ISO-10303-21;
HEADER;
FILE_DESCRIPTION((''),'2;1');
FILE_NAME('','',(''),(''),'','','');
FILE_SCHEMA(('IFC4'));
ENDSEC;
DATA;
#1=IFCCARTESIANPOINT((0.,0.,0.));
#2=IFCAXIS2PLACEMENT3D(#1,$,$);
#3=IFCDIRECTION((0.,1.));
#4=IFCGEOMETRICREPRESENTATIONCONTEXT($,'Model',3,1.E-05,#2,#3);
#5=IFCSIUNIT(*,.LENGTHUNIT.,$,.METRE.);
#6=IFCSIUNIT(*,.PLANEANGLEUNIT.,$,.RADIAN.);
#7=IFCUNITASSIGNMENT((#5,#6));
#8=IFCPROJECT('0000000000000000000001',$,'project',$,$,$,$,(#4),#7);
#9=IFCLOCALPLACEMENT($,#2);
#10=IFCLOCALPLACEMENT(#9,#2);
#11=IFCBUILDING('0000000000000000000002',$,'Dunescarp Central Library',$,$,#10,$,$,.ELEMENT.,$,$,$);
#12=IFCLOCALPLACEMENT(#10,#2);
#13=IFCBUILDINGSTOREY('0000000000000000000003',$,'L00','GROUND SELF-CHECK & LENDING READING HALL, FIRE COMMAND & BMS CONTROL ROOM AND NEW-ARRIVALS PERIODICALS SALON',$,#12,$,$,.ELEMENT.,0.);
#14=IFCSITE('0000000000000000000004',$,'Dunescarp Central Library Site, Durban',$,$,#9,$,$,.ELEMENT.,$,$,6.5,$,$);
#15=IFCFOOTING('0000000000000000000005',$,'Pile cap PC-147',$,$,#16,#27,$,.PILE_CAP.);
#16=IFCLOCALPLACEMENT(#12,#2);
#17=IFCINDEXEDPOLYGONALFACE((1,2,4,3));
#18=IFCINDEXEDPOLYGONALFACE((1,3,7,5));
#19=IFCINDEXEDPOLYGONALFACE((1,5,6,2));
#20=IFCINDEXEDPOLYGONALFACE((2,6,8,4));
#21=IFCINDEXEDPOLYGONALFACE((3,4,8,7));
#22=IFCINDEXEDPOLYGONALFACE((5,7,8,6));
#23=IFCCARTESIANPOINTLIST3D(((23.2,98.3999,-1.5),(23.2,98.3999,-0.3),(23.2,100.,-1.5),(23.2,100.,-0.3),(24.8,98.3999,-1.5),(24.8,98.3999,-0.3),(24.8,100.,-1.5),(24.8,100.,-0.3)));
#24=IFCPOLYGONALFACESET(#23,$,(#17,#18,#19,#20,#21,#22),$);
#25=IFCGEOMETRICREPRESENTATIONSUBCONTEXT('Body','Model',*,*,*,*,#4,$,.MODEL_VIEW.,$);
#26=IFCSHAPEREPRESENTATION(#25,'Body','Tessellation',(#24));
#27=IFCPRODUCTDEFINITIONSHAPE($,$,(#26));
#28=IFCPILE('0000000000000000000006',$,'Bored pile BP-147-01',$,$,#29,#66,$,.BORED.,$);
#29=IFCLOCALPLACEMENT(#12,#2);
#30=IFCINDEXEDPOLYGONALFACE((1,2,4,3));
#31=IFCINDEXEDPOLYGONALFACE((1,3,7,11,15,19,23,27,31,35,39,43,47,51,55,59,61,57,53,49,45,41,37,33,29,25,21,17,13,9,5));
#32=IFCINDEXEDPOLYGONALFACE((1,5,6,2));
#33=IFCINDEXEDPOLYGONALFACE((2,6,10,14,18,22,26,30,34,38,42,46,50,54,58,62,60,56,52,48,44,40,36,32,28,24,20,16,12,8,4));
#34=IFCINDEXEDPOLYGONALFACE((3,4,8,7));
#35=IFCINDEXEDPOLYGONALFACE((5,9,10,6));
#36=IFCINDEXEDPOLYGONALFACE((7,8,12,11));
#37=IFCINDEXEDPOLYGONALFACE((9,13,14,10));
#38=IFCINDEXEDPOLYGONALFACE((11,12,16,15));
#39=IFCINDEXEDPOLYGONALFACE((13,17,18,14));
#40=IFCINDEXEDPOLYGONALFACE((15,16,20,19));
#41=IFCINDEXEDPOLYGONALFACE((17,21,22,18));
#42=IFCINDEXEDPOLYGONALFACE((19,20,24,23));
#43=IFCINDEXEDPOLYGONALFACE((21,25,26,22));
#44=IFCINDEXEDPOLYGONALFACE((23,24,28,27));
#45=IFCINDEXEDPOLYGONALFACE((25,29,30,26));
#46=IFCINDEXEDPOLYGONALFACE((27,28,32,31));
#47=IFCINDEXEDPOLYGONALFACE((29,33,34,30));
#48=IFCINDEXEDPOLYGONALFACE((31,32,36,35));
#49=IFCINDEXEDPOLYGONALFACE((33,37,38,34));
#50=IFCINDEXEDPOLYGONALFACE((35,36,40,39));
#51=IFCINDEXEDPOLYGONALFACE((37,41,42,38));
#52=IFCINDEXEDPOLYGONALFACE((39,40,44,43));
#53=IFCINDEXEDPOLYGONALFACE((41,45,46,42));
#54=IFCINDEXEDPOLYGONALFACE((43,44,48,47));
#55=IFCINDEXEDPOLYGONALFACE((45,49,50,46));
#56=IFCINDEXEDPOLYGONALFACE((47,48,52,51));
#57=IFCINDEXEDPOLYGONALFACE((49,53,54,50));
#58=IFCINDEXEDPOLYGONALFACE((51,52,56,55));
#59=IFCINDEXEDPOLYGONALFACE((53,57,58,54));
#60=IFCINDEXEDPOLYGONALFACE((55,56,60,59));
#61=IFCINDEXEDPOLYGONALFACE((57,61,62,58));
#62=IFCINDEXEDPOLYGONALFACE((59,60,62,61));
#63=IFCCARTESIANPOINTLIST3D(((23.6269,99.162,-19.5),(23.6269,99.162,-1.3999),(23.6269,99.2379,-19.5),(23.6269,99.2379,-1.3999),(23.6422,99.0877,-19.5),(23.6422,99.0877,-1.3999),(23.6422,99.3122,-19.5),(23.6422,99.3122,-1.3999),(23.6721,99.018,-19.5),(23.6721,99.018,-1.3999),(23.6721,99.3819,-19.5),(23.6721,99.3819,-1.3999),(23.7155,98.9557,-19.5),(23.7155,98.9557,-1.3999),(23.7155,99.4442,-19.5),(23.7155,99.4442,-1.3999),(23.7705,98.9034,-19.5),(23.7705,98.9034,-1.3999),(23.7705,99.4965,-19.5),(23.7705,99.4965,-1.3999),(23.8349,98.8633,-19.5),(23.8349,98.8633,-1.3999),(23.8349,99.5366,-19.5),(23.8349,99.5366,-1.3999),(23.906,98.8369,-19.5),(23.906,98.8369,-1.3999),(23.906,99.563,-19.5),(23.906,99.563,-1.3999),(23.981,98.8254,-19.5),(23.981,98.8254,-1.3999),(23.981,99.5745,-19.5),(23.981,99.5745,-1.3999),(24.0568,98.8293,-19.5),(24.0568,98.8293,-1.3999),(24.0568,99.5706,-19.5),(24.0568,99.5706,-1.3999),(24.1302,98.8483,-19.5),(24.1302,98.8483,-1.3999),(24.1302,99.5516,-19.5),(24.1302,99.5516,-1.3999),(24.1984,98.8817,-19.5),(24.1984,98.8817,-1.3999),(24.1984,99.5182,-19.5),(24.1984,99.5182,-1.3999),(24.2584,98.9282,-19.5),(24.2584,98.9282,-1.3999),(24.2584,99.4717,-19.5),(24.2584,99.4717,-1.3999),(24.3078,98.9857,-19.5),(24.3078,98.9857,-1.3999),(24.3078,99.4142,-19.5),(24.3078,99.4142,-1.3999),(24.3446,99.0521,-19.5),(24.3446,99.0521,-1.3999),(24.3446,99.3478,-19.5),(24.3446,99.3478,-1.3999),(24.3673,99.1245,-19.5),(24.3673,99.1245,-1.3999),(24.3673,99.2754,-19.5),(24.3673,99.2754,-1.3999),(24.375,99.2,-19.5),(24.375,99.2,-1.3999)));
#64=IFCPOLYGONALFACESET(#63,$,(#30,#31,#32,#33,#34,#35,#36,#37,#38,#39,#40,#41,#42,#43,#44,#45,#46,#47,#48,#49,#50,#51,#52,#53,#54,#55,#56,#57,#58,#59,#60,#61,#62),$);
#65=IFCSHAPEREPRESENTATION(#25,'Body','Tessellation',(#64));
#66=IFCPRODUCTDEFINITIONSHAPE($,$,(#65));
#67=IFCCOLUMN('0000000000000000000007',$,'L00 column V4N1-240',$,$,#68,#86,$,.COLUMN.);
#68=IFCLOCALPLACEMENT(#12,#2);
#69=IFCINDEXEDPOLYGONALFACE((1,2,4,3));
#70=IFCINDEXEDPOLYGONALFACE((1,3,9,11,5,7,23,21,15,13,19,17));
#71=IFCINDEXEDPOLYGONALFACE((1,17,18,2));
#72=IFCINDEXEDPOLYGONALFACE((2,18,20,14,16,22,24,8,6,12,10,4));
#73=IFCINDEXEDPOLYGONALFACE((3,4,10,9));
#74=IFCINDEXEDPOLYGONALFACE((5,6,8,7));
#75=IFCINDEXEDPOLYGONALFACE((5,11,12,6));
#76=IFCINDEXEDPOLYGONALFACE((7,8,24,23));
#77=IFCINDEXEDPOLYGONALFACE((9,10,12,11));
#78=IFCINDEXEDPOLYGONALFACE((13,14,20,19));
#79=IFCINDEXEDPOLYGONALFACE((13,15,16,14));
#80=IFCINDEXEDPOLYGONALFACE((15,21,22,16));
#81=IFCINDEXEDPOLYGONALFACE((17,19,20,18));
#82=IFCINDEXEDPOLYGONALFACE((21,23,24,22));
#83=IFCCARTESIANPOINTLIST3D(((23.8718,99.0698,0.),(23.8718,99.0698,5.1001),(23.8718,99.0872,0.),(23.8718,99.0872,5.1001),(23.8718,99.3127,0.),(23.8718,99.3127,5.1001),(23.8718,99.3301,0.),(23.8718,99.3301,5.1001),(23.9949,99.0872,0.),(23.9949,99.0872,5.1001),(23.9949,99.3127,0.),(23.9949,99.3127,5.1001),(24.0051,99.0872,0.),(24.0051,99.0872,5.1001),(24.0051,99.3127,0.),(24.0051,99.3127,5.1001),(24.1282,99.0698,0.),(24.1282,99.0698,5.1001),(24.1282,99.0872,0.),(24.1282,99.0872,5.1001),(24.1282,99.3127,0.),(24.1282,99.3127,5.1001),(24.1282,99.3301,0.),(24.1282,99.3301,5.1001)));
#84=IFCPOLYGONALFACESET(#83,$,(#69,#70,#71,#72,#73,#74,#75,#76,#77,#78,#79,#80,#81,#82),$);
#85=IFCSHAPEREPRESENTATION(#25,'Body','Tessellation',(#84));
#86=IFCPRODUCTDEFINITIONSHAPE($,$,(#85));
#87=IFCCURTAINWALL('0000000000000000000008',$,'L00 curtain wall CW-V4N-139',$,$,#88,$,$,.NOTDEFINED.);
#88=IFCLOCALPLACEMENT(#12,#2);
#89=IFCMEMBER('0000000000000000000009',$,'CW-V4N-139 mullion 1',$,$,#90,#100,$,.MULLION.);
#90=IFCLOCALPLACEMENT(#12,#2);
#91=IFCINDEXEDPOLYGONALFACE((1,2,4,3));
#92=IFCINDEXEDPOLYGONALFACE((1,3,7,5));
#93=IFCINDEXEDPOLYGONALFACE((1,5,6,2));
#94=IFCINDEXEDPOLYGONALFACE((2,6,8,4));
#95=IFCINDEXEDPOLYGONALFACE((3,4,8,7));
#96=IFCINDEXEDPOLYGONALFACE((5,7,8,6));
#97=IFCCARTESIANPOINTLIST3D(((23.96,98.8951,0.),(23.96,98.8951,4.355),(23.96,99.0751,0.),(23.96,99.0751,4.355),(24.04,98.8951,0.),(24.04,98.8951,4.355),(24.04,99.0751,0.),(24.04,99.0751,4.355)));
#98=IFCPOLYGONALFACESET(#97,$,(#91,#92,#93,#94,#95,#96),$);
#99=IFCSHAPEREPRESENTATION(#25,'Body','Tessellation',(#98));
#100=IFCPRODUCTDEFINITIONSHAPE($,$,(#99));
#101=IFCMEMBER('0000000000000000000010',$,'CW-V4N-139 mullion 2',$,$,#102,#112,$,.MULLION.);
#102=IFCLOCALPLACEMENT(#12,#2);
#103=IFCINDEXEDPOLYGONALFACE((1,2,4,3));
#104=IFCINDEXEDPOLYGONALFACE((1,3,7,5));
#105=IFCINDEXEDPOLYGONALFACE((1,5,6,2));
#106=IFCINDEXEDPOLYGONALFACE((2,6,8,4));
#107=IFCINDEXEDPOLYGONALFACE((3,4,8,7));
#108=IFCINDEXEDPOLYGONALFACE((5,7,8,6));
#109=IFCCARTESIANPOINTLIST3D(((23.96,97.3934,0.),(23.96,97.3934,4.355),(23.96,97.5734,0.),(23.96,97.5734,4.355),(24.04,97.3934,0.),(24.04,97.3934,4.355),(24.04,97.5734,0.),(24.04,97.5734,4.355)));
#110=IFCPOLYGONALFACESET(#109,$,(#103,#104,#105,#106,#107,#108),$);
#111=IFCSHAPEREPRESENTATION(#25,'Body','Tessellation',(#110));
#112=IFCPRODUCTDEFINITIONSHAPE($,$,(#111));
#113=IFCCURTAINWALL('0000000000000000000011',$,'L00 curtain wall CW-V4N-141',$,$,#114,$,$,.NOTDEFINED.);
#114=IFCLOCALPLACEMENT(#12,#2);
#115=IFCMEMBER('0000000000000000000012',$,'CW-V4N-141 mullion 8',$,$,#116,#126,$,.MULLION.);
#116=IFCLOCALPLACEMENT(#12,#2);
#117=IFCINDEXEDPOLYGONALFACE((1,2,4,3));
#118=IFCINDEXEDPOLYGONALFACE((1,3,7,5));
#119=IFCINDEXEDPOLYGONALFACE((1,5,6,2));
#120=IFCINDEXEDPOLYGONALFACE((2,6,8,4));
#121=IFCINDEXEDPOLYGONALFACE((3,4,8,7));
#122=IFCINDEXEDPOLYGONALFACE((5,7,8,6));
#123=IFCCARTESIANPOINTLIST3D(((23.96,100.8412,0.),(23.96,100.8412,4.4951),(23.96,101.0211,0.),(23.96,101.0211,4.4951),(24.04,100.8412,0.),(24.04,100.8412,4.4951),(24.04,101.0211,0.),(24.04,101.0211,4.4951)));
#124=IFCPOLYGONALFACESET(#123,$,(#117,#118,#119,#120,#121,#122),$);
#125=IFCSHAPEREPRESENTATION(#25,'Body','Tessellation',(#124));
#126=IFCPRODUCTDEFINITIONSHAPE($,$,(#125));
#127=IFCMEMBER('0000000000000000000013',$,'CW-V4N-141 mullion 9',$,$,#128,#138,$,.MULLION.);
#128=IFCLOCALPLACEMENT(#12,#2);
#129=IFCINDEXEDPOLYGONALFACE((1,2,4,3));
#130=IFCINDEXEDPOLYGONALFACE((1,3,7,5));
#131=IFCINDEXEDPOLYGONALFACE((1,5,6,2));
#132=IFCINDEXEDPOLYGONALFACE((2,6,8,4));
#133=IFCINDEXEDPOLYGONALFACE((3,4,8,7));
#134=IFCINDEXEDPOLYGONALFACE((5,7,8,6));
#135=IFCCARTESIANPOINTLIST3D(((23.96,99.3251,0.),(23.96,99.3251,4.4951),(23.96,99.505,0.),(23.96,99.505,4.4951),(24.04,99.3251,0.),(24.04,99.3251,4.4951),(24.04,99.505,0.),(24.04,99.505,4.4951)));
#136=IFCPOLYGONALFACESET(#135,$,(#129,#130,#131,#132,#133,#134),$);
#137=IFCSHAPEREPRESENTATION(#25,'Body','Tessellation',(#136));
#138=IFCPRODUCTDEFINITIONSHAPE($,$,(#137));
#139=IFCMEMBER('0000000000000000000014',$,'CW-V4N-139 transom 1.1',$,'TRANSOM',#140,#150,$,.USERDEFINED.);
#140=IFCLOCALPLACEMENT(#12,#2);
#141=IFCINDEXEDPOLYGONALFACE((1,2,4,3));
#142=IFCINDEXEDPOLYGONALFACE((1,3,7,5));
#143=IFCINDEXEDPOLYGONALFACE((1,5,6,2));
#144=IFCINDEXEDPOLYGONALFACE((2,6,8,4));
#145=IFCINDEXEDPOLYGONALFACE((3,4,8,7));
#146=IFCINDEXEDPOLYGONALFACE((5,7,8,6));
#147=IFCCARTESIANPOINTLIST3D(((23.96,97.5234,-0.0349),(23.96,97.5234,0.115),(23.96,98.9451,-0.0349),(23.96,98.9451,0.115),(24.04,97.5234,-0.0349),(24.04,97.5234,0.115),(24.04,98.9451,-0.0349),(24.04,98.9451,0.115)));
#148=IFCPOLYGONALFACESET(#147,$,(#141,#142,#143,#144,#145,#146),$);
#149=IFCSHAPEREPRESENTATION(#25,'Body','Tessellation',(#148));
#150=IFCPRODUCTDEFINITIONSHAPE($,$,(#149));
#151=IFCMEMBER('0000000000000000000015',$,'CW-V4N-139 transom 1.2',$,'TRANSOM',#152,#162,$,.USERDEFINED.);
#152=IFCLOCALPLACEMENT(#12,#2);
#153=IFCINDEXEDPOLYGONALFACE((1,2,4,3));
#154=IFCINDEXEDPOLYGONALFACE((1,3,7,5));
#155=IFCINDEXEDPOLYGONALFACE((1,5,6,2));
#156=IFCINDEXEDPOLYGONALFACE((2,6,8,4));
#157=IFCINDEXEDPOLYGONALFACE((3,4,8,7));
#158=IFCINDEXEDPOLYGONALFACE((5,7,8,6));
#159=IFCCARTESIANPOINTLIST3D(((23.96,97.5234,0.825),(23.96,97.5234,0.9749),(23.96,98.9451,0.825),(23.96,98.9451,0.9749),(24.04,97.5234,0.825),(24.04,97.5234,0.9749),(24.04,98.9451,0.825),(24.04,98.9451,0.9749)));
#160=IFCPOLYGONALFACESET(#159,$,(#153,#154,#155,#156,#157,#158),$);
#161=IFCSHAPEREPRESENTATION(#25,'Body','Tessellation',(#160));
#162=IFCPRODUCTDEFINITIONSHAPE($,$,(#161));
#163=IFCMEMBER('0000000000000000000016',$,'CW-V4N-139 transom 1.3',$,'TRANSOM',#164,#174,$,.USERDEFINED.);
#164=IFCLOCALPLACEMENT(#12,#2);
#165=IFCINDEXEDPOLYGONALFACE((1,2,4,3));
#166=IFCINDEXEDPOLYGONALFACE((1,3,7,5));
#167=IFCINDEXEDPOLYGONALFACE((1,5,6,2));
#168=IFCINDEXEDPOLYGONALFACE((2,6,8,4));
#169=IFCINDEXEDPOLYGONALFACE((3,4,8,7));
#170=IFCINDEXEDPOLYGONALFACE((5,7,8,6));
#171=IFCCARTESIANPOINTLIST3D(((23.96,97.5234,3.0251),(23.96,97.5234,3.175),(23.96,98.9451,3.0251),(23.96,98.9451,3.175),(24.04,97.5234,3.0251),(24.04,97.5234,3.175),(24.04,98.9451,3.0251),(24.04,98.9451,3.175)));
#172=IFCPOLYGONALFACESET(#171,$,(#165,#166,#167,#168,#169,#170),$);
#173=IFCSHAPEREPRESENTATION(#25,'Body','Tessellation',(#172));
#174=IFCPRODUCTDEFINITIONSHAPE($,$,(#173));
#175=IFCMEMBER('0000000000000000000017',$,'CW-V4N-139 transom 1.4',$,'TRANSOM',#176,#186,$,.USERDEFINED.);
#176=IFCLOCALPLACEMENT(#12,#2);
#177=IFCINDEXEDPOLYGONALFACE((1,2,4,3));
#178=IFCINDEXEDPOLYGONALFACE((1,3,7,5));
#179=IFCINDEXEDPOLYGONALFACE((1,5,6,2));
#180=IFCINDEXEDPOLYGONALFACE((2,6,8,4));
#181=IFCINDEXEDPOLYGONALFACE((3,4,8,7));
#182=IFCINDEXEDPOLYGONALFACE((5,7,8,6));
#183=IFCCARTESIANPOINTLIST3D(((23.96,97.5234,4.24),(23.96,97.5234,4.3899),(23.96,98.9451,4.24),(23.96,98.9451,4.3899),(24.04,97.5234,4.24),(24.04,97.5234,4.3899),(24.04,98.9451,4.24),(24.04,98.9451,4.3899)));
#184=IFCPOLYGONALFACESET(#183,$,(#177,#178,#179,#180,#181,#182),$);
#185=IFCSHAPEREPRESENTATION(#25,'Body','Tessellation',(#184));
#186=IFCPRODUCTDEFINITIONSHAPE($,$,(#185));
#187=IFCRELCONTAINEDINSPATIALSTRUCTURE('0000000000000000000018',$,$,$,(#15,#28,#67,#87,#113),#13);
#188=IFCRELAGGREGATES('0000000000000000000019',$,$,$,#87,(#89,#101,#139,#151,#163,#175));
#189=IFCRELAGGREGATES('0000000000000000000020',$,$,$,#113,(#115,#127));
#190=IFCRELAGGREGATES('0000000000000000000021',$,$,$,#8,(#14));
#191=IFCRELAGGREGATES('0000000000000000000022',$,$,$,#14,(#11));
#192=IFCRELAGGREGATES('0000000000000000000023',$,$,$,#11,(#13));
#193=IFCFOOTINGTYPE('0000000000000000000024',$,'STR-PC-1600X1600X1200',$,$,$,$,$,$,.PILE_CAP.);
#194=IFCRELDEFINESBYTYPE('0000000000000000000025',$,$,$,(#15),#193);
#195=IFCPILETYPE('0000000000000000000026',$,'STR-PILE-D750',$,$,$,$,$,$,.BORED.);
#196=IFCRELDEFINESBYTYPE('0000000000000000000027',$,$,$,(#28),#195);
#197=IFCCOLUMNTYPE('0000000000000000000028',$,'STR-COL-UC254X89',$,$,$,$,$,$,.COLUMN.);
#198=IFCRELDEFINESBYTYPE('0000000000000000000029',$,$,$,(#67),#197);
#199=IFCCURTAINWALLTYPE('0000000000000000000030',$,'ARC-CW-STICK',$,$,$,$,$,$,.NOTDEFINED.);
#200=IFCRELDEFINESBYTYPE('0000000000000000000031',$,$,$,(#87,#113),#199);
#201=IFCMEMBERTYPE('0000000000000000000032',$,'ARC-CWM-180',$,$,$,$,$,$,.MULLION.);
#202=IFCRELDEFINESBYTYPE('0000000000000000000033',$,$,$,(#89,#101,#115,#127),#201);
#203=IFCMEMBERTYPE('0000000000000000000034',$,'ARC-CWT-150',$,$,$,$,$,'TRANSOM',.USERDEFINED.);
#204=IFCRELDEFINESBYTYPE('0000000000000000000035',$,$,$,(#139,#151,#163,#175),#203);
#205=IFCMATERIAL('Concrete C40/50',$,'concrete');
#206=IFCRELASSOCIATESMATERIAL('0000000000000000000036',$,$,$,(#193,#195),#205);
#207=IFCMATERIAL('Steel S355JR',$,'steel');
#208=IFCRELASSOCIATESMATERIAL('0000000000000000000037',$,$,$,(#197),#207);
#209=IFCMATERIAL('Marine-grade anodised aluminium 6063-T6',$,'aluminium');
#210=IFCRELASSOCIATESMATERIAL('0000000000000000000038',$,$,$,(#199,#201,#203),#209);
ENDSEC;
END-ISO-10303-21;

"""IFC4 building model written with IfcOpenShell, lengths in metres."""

from ifc_helpers import new_model, si_unit, direction, frame, origin, origin_2d, place, context, subcontext, project, spatial, rectangle, circle, i_section, extrude, material, material_profile, profile_set, type_object, element, aggregate, save


model = new_model("IFC4")

# Units and contexts
model_context = context("Model", 3, precision=1e-05, world=origin(), true_north=direction((0.0, 1.0)))
body_context = subcontext(model_context, "Body", "Model", "MODEL_VIEW")
ifc_project = project(units=[si_unit("LENGTHUNIT", "METRE"), si_unit("PLANEANGLEUNIT", "RADIAN")], contexts=[model_context])

# Site, building, storey
site_placement = place(None, origin())
site = spatial("IfcSite", under=ifc_project, at=site_placement, Name="Dunescarp Central Library Site, Durban", CompositionType="ELEMENT", RefElevation=6.5)
building_placement = place(site_placement, origin())
building = spatial("IfcBuilding", under=site, at=building_placement, Name="Dunescarp Central Library", CompositionType="ELEMENT")
storey_placement = place(building_placement, origin())
storey = spatial("IfcBuildingStorey", under=building, at=storey_placement, Name="L00", Description="GROUND SELF-CHECK & LENDING READING HALL, FIRE COMMAND & BMS CONTROL ROOM AND NEW-ARRIVALS PERIODICALS SALON", CompositionType="ELEMENT", Elevation=0.0)

# Footing
ifc_material_1 = material(Name="Concrete C40/50", Category="concrete")
footing_type = type_object("IfcFootingType", Name="STR-PC-1600X1600X1200", PredefinedType="PILE_CAP", material=ifc_material_1)
footing_placement = place(storey_placement, frame((24.0, 99.2, -1.5), z_axis=(0.0, 0.0, 1.0), x_axis=(1.0, 0.0, 0.0)))
element("IfcFooting", 1, at=footing_placement, inside=storey, type_object=footing_type, Name="Pile cap PC-147", PredefinedType="PILE_CAP", context=body_context, shape_type="SweptSolid", body=[
    extrude(rectangle(XDim=1.6001, YDim=1.6001, at=origin_2d()), origin(), (0.0, 0.0, 1.0), 1.2),
])

# Pile
ifc_material_profile_1 = material_profile(ifc_material_1, circle(Radius=0.375, at=origin_2d()), Name="PILE D750")
ifc_profile_set_1 = profile_set([ifc_material_profile_1], Name="Concrete C40/50")
pile_type = type_object("IfcPileType", Name="STR-PILE-D750", PredefinedType="BORED", material=ifc_profile_set_1)
pile_placement = place(storey_placement, frame((24.0, 99.2, -1.3999), z_axis=(0.0, 0.0, -1.0), x_axis=(1.0, 0.0, 0.0)))
element("IfcPile", 2, at=pile_placement, inside=storey, type_object=pile_type, Name="Bored pile BP-147-01", PredefinedType="BORED", context=body_context, shape_type="SweptSolid", body=[
    extrude(circle(Radius=0.375, at=origin_2d()), origin(), (0.0, 0.0, 1.0), 18.1001),
])

# Column
ifc_material_2 = material(Name="Steel S355JR", Category="steel")
ifc_material_profile_2 = material_profile(ifc_material_2, i_section(OverallWidth=0.2563, OverallDepth=0.2603, WebThickness=0.0103, FlangeThickness=0.0173, at=origin_2d()), Name="UC 254x254x89")
ifc_profile_set_2 = profile_set([ifc_material_profile_2], Name="Steel S355JR")
column_type = type_object("IfcColumnType", Name="STR-COL-UC254X89", PredefinedType="COLUMN", material=ifc_profile_set_2)
column_placement = place(storey_placement, frame((24.0, 99.2, 0.0), z_axis=(0.0, 0.0, 1.0), x_axis=(1.0, 0.0, 0.0)))
element("IfcColumn", 3, at=column_placement, inside=storey, type_object=column_type, Name="L00 column V4N1-240", PredefinedType="COLUMN", context=body_context, shape_type="SweptSolid", body=[
    extrude(i_section(OverallWidth=0.2563, OverallDepth=0.2603, WebThickness=0.0103, FlangeThickness=0.0173, at=origin_2d()), origin(), (0.0, 0.0, 1.0), 5.1001),
])

# Curtain walls, members
ifc_material_3 = material(Name="Marine-grade anodised aluminium 6063-T6", Category="aluminium")
curtain_wall_type = type_object("IfcCurtainWallType", Name="ARC-CW-STICK", PredefinedType="NOTDEFINED", material=ifc_material_3)
curtain_wall_1_placement = place(storey_placement, origin())
curtain_wall_1 = element("IfcCurtainWall", 4, at=curtain_wall_1_placement, inside=storey, type_object=curtain_wall_type, Name="L00 curtain wall CW-V4N-139", PredefinedType="NOTDEFINED")
ifc_material_profile_3 = material_profile(ifc_material_3, rectangle(XDim=0.0801, YDim=0.1799, at=origin_2d()), Name="AL 80x180")
ifc_profile_set_3 = profile_set([ifc_material_profile_3], Name="Marine-grade anodised aluminium 6063-T6")
member_type_1 = type_object("IfcMemberType", Name="ARC-CWM-180", PredefinedType="MULLION", material=ifc_profile_set_3)
member_1_placement = place(storey_placement, frame((24.0, 98.9851, 0.0), z_axis=(0.0, 0.0, 1.0), x_axis=(1.0, 0.0, 0.0)))
member_1 = element("IfcMember", 5, at=member_1_placement, type_object=member_type_1, Name="CW-V4N-139 mullion 1", PredefinedType="MULLION", context=body_context, shape_type="SweptSolid", body=[
    extrude(rectangle(XDim=0.0801, YDim=0.1799, at=origin_2d()), origin(), (0.0, 0.0, 1.0), 4.355),
])
member_2_placement = place(storey_placement, frame((24.0, 97.4834, 0.0), z_axis=(0.0, 0.0, 1.0), x_axis=(1.0, 0.0, 0.0)))
member_2 = element("IfcMember", 6, at=member_2_placement, type_object=member_type_1, Name="CW-V4N-139 mullion 2", PredefinedType="MULLION", context=body_context, shape_type="SweptSolid", body=[
    extrude(rectangle(XDim=0.0801, YDim=0.1799, at=origin_2d()), origin(), (0.0, 0.0, 1.0), 4.355),
])
curtain_wall_2_placement = place(storey_placement, origin())
curtain_wall_2 = element("IfcCurtainWall", 7, at=curtain_wall_2_placement, inside=storey, type_object=curtain_wall_type, Name="L00 curtain wall CW-V4N-141", PredefinedType="NOTDEFINED")
member_3_placement = place(storey_placement, frame((24.0, 100.9312, 0.0), z_axis=(0.0, 0.0, 1.0), x_axis=(1.0, 0.0, 0.0)))
member_3 = element("IfcMember", 8, at=member_3_placement, type_object=member_type_1, Name="CW-V4N-141 mullion 8", PredefinedType="MULLION", context=body_context, shape_type="SweptSolid", body=[
    extrude(rectangle(XDim=0.0801, YDim=0.1799, at=origin_2d()), origin(), (0.0, 0.0, 1.0), 4.4951),
])
member_4_placement = place(storey_placement, frame((24.0, 99.415, 0.0), z_axis=(0.0, 0.0, 1.0), x_axis=(1.0, 0.0, 0.0)))
member_4 = element("IfcMember", 9, at=member_4_placement, type_object=member_type_1, Name="CW-V4N-141 mullion 9", PredefinedType="MULLION", context=body_context, shape_type="SweptSolid", body=[
    extrude(rectangle(XDim=0.0801, YDim=0.1799, at=origin_2d()), origin(), (0.0, 0.0, 1.0), 4.4951),
])

# Members
ifc_material_profile_4 = material_profile(ifc_material_3, rectangle(XDim=0.0801, YDim=0.1499, at=origin_2d()), Name="AL 80x150")
ifc_profile_set_4 = profile_set([ifc_material_profile_4], Name="Marine-grade anodised aluminium 6063-T6")
member_type_2 = type_object("IfcMemberType", Name="ARC-CWT-150", ElementType="TRANSOM", PredefinedType="USERDEFINED", material=ifc_profile_set_4)
member_5_placement = place(storey_placement, frame((24.0, 98.9451, 0.04), z_axis=(0.0, -1.0, 0.0), x_axis=(1.0, 0.0, 0.0)))
member_5 = element("IfcMember", 10, at=member_5_placement, type_object=member_type_2, Name="CW-V4N-139 transom 1.1", ObjectType="TRANSOM", PredefinedType="USERDEFINED", context=body_context, shape_type="SweptSolid", body=[
    extrude(rectangle(XDim=0.0801, YDim=0.1499, at=origin_2d()), origin(), (0.0, 0.0, 1.0), 1.4216),
])
member_6_placement = place(storey_placement, frame((24.0, 98.9451, 0.8999), z_axis=(0.0, -1.0, 0.0), x_axis=(1.0, 0.0, 0.0)))
member_6 = element("IfcMember", 11, at=member_6_placement, type_object=member_type_2, Name="CW-V4N-139 transom 1.2", ObjectType="TRANSOM", PredefinedType="USERDEFINED", context=body_context, shape_type="SweptSolid", body=[
    extrude(rectangle(XDim=0.0801, YDim=0.1499, at=origin_2d()), origin(), (0.0, 0.0, 1.0), 1.4216),
])
member_7_placement = place(storey_placement, frame((24.0, 98.9451, 3.1001), z_axis=(0.0, -1.0, 0.0), x_axis=(1.0, 0.0, 0.0)))
member_7 = element("IfcMember", 12, at=member_7_placement, type_object=member_type_2, Name="CW-V4N-139 transom 1.3", ObjectType="TRANSOM", PredefinedType="USERDEFINED", context=body_context, shape_type="SweptSolid", body=[
    extrude(rectangle(XDim=0.0801, YDim=0.1499, at=origin_2d()), origin(), (0.0, 0.0, 1.0), 1.4216),
])
member_8_placement = place(storey_placement, frame((24.0, 98.9451, 4.3149), z_axis=(0.0, -1.0, 0.0), x_axis=(1.0, 0.0, 0.0)))
member_8 = element("IfcMember", 13, at=member_8_placement, type_object=member_type_2, Name="CW-V4N-139 transom 1.4", ObjectType="TRANSOM", PredefinedType="USERDEFINED", context=body_context, shape_type="SweptSolid", body=[
    extrude(rectangle(XDim=0.0801, YDim=0.1499, at=origin_2d()), origin(), (0.0, 0.0, 1.0), 1.4216),
])

aggregate(curtain_wall_1, [member_1, member_2, member_5, member_6, member_7, member_8])
aggregate(curtain_wall_2, [member_3, member_4])

save(model, "model.ifc")
